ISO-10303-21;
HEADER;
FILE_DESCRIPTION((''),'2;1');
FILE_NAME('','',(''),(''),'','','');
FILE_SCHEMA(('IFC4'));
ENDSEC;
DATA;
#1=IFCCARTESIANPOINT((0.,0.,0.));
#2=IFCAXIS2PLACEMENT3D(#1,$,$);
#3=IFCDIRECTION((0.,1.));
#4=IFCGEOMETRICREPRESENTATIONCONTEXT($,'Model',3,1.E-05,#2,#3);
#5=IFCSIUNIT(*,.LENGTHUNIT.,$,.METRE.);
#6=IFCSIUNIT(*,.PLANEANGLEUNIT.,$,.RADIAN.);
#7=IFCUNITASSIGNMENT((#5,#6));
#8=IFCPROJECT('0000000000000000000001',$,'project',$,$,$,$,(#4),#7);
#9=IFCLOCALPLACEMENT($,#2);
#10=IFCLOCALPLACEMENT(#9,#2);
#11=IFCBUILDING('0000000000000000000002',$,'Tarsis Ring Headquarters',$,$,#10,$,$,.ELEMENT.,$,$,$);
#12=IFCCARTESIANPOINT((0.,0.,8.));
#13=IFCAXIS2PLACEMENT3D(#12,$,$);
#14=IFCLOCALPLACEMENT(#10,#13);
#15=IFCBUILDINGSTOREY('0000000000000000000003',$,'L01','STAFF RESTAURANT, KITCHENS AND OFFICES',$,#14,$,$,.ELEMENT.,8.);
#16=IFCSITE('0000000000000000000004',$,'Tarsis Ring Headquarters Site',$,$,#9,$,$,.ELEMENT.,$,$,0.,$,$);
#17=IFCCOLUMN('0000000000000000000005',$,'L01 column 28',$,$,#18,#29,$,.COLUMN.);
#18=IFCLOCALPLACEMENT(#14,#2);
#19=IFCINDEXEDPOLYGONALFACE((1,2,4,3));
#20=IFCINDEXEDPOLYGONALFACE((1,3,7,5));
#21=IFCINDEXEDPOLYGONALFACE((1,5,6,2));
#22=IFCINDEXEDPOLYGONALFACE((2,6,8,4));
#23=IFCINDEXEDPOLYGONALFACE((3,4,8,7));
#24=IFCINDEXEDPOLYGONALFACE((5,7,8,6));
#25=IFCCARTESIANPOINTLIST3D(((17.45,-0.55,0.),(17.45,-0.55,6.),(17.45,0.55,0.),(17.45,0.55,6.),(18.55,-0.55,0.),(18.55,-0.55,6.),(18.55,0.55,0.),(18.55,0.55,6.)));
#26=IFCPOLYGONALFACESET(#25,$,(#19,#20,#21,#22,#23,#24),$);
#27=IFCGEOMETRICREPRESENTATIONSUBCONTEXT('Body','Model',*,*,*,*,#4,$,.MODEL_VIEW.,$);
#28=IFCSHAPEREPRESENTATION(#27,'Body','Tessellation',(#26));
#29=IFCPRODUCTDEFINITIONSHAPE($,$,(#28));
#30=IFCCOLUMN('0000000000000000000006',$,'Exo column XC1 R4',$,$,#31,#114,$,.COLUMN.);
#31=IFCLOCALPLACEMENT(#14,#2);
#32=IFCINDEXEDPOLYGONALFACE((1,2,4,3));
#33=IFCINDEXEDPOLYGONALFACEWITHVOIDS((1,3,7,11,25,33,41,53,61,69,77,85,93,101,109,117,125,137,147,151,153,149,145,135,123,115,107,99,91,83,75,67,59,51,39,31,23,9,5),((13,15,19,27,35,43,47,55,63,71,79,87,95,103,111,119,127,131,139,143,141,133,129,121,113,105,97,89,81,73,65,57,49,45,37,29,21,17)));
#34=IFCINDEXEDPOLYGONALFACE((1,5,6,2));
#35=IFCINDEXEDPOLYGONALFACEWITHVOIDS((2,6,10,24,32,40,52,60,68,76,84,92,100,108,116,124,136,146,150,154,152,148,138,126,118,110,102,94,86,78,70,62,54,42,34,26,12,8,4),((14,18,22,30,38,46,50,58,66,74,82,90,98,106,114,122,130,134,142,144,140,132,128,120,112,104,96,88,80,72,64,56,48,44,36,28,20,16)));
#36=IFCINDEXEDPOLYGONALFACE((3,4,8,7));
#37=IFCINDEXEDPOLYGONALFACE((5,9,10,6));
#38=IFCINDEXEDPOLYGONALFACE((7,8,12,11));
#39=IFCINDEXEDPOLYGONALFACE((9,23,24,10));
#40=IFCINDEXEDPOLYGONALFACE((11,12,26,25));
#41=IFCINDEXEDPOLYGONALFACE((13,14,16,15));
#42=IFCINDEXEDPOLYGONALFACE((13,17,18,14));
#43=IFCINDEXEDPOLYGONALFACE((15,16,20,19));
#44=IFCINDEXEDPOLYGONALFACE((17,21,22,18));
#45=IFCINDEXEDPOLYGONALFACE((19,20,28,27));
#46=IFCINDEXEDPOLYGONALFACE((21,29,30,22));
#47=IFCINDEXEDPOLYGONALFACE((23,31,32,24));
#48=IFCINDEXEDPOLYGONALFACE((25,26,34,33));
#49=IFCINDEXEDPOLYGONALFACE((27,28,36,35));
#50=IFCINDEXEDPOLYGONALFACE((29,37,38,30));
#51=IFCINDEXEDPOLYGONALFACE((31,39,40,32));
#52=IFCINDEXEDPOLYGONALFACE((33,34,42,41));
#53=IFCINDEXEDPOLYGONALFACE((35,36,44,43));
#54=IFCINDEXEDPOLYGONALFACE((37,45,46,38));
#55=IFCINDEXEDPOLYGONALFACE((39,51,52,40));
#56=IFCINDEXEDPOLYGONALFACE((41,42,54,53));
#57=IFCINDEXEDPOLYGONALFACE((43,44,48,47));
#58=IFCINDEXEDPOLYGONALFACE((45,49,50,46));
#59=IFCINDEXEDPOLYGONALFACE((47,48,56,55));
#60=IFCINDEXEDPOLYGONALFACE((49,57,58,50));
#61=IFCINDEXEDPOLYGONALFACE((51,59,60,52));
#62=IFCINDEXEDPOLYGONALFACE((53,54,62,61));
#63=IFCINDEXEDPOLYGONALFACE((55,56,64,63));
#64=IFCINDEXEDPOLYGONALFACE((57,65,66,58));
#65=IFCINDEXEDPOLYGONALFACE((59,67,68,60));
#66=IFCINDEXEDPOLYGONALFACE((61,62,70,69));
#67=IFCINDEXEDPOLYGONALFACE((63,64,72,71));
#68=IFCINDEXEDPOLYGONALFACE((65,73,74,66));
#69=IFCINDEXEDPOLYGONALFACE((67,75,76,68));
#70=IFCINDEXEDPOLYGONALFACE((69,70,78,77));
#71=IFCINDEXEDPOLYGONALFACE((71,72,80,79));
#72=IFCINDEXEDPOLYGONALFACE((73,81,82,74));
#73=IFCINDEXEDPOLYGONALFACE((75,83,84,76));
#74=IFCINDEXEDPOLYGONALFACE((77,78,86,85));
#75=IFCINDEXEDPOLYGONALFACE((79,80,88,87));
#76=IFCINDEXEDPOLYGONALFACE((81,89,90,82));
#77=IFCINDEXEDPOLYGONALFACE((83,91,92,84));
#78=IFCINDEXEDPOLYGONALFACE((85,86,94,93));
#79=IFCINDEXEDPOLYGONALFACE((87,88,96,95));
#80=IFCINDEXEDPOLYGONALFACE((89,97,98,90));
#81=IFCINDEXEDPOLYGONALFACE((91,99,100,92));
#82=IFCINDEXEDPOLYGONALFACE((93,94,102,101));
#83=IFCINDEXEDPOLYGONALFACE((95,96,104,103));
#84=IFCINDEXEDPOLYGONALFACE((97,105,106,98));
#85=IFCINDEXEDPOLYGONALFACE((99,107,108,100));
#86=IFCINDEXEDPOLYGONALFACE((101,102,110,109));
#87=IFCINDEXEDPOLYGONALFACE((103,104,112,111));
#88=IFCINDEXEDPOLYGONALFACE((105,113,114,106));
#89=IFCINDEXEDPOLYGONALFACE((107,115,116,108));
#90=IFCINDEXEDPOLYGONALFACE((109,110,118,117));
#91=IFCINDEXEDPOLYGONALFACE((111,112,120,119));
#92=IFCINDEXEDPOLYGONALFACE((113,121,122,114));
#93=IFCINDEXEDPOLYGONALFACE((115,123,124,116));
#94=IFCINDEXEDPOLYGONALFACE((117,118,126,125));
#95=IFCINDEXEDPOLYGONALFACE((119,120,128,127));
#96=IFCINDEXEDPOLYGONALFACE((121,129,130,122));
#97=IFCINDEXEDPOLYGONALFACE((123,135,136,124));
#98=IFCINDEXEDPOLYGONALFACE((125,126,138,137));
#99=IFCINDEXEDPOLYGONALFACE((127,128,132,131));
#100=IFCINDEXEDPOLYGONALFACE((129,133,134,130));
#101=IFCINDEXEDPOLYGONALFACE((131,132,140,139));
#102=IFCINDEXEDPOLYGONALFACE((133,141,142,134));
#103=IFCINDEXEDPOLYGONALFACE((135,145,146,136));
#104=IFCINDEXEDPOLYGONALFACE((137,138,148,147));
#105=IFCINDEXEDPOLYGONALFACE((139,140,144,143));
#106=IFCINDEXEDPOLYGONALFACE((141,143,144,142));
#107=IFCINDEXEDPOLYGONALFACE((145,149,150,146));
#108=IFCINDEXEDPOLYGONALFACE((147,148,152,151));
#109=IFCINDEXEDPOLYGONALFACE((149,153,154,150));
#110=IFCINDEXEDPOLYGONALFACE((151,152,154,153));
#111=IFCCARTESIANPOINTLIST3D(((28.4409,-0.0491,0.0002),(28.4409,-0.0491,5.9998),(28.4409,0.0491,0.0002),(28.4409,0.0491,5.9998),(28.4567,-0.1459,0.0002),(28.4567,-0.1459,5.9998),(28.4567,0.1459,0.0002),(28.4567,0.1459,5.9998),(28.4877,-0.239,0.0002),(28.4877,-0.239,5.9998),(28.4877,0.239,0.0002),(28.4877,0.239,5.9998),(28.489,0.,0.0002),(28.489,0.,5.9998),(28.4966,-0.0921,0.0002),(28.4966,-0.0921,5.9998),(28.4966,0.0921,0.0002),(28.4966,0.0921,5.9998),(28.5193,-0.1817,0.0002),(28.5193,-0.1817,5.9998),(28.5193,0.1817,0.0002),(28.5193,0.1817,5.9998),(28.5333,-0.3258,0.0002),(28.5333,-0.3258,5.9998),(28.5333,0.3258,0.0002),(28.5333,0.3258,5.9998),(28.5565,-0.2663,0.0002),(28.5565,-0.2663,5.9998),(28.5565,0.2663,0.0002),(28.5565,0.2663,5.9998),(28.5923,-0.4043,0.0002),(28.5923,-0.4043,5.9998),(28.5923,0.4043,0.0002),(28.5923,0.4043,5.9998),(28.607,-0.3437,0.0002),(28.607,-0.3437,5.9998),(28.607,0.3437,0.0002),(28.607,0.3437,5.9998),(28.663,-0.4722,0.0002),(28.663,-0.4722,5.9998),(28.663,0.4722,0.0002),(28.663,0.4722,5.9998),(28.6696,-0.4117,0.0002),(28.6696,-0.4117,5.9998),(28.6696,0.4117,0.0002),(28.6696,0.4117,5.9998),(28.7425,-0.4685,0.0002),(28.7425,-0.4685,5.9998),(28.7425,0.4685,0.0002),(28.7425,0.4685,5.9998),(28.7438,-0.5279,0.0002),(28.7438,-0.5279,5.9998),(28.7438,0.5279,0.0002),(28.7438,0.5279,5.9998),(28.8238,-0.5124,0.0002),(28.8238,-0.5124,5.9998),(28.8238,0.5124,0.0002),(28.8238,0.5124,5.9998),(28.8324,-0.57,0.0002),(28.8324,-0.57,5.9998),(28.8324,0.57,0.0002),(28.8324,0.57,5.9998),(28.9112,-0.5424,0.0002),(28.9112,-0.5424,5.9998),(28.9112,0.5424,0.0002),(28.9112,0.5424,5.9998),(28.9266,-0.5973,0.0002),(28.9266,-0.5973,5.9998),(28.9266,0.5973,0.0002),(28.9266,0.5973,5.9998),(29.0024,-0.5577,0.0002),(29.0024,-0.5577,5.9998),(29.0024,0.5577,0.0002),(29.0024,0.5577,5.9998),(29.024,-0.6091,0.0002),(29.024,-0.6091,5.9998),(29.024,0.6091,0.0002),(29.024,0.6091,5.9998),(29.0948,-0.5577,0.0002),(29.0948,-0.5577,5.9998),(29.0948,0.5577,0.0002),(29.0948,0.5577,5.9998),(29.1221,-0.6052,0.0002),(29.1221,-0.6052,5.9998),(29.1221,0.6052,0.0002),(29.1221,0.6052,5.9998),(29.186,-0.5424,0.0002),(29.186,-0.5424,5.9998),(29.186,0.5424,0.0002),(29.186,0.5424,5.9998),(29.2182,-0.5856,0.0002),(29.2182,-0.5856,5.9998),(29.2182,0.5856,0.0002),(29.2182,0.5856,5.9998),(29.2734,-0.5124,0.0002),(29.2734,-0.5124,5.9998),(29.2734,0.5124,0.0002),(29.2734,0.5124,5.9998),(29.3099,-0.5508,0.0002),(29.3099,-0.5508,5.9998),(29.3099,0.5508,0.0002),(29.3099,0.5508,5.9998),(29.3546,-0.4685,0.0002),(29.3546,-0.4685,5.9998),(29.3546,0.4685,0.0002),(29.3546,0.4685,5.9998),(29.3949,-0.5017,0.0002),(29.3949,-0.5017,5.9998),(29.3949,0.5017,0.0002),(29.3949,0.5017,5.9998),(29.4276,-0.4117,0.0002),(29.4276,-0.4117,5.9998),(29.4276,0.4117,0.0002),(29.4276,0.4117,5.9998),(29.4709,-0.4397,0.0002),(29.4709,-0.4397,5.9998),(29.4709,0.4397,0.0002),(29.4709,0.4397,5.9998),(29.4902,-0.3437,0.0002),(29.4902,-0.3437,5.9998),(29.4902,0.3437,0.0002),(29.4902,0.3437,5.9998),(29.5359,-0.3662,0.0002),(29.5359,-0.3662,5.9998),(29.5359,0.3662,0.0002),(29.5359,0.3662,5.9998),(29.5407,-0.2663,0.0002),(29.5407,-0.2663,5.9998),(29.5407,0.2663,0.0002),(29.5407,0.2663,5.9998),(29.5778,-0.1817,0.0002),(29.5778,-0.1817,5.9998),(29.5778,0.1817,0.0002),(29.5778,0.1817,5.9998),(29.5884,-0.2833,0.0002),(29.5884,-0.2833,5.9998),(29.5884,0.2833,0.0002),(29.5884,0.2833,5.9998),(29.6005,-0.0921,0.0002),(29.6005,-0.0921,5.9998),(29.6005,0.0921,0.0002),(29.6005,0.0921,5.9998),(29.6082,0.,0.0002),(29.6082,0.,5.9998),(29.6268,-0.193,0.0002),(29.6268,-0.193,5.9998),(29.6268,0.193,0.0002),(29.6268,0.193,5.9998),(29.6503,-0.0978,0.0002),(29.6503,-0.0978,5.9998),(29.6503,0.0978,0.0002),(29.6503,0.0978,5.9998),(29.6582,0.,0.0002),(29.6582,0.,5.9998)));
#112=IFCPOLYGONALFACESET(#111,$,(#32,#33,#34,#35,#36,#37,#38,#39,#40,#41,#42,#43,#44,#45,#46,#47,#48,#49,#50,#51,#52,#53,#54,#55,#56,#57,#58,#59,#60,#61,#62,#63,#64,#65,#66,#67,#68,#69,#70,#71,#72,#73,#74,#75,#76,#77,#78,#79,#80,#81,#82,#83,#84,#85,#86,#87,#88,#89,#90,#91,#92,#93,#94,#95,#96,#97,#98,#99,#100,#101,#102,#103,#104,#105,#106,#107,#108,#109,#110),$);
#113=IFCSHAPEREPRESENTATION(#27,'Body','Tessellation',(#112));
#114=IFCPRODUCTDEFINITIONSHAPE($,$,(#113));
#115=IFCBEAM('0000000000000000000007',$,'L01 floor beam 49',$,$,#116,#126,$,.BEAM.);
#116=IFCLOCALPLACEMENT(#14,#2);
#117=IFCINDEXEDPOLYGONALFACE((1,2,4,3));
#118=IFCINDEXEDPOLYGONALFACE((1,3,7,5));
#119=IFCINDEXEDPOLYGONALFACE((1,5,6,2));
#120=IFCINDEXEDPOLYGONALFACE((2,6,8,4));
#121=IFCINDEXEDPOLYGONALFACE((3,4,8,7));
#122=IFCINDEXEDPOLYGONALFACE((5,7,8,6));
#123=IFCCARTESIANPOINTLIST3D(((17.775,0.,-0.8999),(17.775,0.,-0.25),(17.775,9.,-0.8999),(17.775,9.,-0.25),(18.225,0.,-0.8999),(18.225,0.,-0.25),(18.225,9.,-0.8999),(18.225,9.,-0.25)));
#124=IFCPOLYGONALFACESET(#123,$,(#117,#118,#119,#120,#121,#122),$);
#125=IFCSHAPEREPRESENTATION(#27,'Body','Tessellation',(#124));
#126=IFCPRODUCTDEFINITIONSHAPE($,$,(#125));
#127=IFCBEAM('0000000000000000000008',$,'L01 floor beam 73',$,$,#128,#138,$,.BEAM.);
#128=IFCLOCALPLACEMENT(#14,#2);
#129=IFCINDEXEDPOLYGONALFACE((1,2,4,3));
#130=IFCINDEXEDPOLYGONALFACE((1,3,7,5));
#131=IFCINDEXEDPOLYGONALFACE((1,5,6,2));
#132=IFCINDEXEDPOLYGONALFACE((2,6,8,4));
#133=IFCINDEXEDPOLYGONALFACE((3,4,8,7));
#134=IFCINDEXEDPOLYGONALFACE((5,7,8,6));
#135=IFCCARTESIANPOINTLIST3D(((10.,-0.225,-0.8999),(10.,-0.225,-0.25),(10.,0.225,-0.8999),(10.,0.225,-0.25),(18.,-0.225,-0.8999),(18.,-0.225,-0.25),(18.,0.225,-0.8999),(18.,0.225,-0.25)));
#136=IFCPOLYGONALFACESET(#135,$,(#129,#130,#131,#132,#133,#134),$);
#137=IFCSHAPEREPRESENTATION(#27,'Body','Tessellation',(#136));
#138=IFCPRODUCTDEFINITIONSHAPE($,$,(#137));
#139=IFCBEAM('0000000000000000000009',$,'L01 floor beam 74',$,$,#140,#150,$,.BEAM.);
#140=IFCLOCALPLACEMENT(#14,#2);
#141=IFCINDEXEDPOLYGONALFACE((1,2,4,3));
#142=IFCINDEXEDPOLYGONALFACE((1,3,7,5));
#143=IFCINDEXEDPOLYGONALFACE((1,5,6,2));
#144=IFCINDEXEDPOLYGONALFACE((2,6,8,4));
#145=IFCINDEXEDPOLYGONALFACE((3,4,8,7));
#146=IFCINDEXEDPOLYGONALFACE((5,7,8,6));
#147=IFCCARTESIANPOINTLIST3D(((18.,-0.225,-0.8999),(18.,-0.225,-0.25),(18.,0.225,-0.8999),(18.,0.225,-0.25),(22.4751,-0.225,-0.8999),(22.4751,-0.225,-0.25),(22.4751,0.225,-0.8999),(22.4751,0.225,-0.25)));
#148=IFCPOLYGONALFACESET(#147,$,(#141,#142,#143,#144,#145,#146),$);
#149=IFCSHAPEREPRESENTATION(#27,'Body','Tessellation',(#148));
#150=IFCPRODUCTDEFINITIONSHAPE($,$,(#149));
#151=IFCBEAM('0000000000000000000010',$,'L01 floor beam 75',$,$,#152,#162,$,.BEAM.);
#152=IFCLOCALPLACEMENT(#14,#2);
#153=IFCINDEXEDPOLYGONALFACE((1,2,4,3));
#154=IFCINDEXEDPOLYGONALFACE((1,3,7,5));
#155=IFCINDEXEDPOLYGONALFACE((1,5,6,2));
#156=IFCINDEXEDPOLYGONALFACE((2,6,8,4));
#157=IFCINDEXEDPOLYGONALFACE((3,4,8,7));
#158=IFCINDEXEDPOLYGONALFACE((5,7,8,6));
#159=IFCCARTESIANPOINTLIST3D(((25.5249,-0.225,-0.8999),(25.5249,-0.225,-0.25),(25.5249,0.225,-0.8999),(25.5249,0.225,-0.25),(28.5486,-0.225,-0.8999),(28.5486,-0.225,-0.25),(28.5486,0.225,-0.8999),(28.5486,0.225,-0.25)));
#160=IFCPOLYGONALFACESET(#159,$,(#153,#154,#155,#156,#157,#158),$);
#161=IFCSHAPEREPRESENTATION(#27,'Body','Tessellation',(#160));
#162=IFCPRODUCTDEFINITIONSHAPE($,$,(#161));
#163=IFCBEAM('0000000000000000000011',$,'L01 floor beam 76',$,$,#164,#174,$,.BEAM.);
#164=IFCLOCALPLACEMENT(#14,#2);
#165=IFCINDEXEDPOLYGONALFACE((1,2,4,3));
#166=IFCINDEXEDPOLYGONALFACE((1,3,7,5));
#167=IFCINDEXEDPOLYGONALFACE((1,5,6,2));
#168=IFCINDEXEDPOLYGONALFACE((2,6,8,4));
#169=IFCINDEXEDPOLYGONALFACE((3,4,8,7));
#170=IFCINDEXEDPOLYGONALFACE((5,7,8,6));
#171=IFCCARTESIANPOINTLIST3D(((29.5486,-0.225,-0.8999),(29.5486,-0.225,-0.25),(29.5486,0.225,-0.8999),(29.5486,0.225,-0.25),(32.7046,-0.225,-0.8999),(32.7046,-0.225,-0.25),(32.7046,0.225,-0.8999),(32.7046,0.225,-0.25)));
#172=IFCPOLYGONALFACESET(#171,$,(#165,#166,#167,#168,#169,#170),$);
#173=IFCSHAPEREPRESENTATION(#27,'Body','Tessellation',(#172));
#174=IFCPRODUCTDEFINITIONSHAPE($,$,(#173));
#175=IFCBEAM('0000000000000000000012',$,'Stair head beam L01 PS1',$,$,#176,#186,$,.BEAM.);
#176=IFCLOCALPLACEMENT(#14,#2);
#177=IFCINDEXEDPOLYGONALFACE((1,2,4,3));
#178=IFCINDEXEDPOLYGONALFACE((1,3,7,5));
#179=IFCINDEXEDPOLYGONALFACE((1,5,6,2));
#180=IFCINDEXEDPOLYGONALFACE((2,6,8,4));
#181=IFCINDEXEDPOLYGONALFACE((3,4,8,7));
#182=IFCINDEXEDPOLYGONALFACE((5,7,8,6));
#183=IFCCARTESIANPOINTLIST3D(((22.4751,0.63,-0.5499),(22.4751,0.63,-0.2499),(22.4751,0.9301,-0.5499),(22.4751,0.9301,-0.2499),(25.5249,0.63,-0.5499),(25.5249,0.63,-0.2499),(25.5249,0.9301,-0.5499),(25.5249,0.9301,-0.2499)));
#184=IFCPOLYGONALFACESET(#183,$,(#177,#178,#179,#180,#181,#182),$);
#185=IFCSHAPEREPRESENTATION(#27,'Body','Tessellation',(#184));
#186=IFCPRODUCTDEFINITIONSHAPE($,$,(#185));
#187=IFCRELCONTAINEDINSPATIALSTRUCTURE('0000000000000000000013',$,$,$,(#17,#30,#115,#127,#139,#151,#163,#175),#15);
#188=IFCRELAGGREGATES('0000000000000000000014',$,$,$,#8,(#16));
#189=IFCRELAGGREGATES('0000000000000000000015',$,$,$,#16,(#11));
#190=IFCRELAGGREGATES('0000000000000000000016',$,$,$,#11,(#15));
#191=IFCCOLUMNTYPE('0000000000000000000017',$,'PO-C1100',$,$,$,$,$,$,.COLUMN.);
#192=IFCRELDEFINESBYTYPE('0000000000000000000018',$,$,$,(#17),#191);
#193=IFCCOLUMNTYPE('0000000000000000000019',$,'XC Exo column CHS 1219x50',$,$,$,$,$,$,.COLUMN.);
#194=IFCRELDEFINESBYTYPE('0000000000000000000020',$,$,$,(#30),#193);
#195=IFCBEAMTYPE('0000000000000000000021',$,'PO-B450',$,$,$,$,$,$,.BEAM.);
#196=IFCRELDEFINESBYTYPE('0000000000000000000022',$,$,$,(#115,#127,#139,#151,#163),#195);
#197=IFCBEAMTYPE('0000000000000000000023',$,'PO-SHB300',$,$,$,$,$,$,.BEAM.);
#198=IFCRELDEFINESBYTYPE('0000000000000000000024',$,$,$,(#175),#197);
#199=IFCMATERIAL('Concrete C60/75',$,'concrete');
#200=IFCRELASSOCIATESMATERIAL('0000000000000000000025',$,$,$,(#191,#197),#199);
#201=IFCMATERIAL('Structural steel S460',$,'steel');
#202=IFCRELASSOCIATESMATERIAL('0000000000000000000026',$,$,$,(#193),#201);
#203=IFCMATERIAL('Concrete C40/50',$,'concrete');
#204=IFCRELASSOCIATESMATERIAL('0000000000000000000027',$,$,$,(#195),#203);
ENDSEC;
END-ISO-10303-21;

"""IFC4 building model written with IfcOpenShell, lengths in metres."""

from ifc_helpers import new_model, si_unit, direction, frame, origin, origin_2d, place, context, subcontext, project, spatial, rectangle, hollow_circle, extrude, material, material_profile, profile_set, type_object, element, save


model = new_model("IFC4")

# Units and contexts
model_context = context("Model", 3, precision=1e-05, world=origin(), true_north=direction((0.0, 1.0)))
body_context = subcontext(model_context, "Body", "Model", "MODEL_VIEW")
ifc_project = project(units=[si_unit("LENGTHUNIT", "METRE"), si_unit("PLANEANGLEUNIT", "RADIAN")], contexts=[model_context])

# Site, building, storey
site_placement = place(None, origin())
site = spatial("IfcSite", under=ifc_project, at=site_placement, Name="Tarsis Ring Headquarters Site", CompositionType="ELEMENT", RefElevation=0.0)
building_placement = place(site_placement, origin())
building = spatial("IfcBuilding", under=site, at=building_placement, Name="Tarsis Ring Headquarters", CompositionType="ELEMENT")
storey_placement = place(building_placement, frame((0.0, 0.0, 8.0)))
storey = spatial("IfcBuildingStorey", under=building, at=storey_placement, Name="L01", Description="STAFF RESTAURANT, KITCHENS AND OFFICES", CompositionType="ELEMENT", Elevation=8.0)

# Columns
ifc_material_1 = material(Name="Concrete C60/75", Category="concrete")
ifc_material_profile_1 = material_profile(ifc_material_1, rectangle(XDim=1.1001, YDim=1.1001, at=origin_2d()), Name="PO-C1100")
ifc_profile_set_1 = profile_set([ifc_material_profile_1], Name="Concrete C60/75")
column_type_1 = type_object("IfcColumnType", Name="PO-C1100", PredefinedType="COLUMN", material=ifc_profile_set_1)
column_1_placement = place(storey_placement, frame((18.0, 0.0, 0.0), z_axis=(0.0, 0.0, 1.0), x_axis=(1.0, 0.0, 0.0)))
element("IfcColumn", 1, at=column_1_placement, inside=storey, type_object=column_type_1, Name="L01 column 28", PredefinedType="COLUMN", context=body_context, shape_type="SweptSolid", body=[
    extrude(rectangle(XDim=1.1001, YDim=1.1001, at=origin_2d()), origin(), (0.0, 0.0, 1.0), 6.0),
])
ifc_material_2 = material(Name="Structural steel S460", Category="steel")
ifc_material_profile_2 = material_profile(ifc_material_2, hollow_circle(Radius=0.6096, WallThickness=0.05, at=origin_2d()), Name="CHS 1219x50")
ifc_profile_set_2 = profile_set([ifc_material_profile_2], Name="Structural steel S460")
column_type_2 = type_object("IfcColumnType", Name="XC Exo column CHS 1219x50", PredefinedType="COLUMN", material=ifc_profile_set_2)
column_2_placement = place(storey_placement, frame((29.0486, 0.0, 0.0002), z_axis=(0.0, 0.0, 1.0), x_axis=(1.0, 0.0, 0.0)))
element("IfcColumn", 2, at=column_2_placement, inside=storey, type_object=column_type_2, Name="Exo column XC1 R4", PredefinedType="COLUMN", context=body_context, shape_type="SweptSolid", body=[
    extrude(hollow_circle(Radius=0.6096, WallThickness=0.05, at=origin_2d()), origin(), (0.0, 0.0, 1.0), 5.9995),
])

# Beams
ifc_material_3 = material(Name="Concrete C40/50", Category="concrete")
ifc_material_profile_3 = material_profile(ifc_material_3, rectangle(XDim=0.45, YDim=0.6499, at=origin_2d()), Name="PO-B450")
ifc_profile_set_3 = profile_set([ifc_material_profile_3], Name="Concrete C40/50")
beam_type_1 = type_object("IfcBeamType", Name="PO-B450", PredefinedType="BEAM", material=ifc_profile_set_3)
beam_1_placement = place(storey_placement, frame((18.0, 0.0, -0.575), z_axis=(0.0, 1.0, 0.0), x_axis=(-1.0, 0.0, 0.0)))
element("IfcBeam", 3, at=beam_1_placement, inside=storey, type_object=beam_type_1, Name="L01 floor beam 49", PredefinedType="BEAM", context=body_context, shape_type="SweptSolid", body=[
    extrude(rectangle(XDim=0.45, YDim=0.6499, at=origin_2d()), origin(), (0.0, 0.0, 1.0), 9.0),
])
beam_2_placement = place(storey_placement, frame((10.0, 0.0, -0.575), z_axis=(1.0, 0.0, 0.0), x_axis=(0.0, 1.0, 0.0)))
element("IfcBeam", 4, at=beam_2_placement, inside=storey, type_object=beam_type_1, Name="L01 floor beam 73", PredefinedType="BEAM", context=body_context, shape_type="SweptSolid", body=[
    extrude(rectangle(XDim=0.45, YDim=0.6499, at=origin_2d()), origin(), (0.0, 0.0, 1.0), 8.0),
])
beam_3_placement = place(storey_placement, frame((18.0, 0.0, -0.575), z_axis=(1.0, 0.0, 0.0), x_axis=(0.0, 1.0, 0.0)))
element("IfcBeam", 5, at=beam_3_placement, inside=storey, type_object=beam_type_1, Name="L01 floor beam 74", PredefinedType="BEAM", context=body_context, shape_type="SweptSolid", body=[
    extrude(rectangle(XDim=0.45, YDim=0.6499, at=origin_2d()), origin(), (0.0, 0.0, 1.0), 4.4751),
])
beam_4_placement = place(storey_placement, frame((25.5249, 0.0, -0.575), z_axis=(1.0, 0.0, 0.0), x_axis=(0.0, 1.0, 0.0)))
element("IfcBeam", 6, at=beam_4_placement, inside=storey, type_object=beam_type_1, Name="L01 floor beam 75", PredefinedType="BEAM", context=body_context, shape_type="SweptSolid", body=[
    extrude(rectangle(XDim=0.45, YDim=0.6499, at=origin_2d()), origin(), (0.0, 0.0, 1.0), 3.0237),
])
beam_5_placement = place(storey_placement, frame((29.5486, 0.0, -0.575), z_axis=(1.0, 0.0, 0.0), x_axis=(0.0, 1.0, 0.0)))
element("IfcBeam", 7, at=beam_5_placement, inside=storey, type_object=beam_type_1, Name="L01 floor beam 76", PredefinedType="BEAM", context=body_context, shape_type="SweptSolid", body=[
    extrude(rectangle(XDim=0.45, YDim=0.6499, at=origin_2d()), origin(), (0.0, 0.0, 1.0), 3.156),
])
ifc_material_profile_4 = material_profile(ifc_material_1, rectangle(XDim=0.3, YDim=0.3, at=origin_2d()), Name="PO-SHB300")
ifc_profile_set_4 = profile_set([ifc_material_profile_4], Name="Concrete C60/75")
beam_type_2 = type_object("IfcBeamType", Name="PO-SHB300", PredefinedType="BEAM", material=ifc_profile_set_4)
beam_6_placement = place(storey_placement, frame((25.5249, 0.78, -0.3999), z_axis=(-1.0, 0.0, 0.0), x_axis=(0.0, -1.0, 0.0)))
element("IfcBeam", 8, at=beam_6_placement, inside=storey, type_object=beam_type_2, Name="Stair head beam L01 PS1", PredefinedType="BEAM", context=body_context, shape_type="SweptSolid", body=[
    extrude(rectangle(XDim=0.3, YDim=0.3, at=origin_2d()), origin(), (0.0, 0.0, 1.0), 3.0498),
])

save(model, "model.ifc")
